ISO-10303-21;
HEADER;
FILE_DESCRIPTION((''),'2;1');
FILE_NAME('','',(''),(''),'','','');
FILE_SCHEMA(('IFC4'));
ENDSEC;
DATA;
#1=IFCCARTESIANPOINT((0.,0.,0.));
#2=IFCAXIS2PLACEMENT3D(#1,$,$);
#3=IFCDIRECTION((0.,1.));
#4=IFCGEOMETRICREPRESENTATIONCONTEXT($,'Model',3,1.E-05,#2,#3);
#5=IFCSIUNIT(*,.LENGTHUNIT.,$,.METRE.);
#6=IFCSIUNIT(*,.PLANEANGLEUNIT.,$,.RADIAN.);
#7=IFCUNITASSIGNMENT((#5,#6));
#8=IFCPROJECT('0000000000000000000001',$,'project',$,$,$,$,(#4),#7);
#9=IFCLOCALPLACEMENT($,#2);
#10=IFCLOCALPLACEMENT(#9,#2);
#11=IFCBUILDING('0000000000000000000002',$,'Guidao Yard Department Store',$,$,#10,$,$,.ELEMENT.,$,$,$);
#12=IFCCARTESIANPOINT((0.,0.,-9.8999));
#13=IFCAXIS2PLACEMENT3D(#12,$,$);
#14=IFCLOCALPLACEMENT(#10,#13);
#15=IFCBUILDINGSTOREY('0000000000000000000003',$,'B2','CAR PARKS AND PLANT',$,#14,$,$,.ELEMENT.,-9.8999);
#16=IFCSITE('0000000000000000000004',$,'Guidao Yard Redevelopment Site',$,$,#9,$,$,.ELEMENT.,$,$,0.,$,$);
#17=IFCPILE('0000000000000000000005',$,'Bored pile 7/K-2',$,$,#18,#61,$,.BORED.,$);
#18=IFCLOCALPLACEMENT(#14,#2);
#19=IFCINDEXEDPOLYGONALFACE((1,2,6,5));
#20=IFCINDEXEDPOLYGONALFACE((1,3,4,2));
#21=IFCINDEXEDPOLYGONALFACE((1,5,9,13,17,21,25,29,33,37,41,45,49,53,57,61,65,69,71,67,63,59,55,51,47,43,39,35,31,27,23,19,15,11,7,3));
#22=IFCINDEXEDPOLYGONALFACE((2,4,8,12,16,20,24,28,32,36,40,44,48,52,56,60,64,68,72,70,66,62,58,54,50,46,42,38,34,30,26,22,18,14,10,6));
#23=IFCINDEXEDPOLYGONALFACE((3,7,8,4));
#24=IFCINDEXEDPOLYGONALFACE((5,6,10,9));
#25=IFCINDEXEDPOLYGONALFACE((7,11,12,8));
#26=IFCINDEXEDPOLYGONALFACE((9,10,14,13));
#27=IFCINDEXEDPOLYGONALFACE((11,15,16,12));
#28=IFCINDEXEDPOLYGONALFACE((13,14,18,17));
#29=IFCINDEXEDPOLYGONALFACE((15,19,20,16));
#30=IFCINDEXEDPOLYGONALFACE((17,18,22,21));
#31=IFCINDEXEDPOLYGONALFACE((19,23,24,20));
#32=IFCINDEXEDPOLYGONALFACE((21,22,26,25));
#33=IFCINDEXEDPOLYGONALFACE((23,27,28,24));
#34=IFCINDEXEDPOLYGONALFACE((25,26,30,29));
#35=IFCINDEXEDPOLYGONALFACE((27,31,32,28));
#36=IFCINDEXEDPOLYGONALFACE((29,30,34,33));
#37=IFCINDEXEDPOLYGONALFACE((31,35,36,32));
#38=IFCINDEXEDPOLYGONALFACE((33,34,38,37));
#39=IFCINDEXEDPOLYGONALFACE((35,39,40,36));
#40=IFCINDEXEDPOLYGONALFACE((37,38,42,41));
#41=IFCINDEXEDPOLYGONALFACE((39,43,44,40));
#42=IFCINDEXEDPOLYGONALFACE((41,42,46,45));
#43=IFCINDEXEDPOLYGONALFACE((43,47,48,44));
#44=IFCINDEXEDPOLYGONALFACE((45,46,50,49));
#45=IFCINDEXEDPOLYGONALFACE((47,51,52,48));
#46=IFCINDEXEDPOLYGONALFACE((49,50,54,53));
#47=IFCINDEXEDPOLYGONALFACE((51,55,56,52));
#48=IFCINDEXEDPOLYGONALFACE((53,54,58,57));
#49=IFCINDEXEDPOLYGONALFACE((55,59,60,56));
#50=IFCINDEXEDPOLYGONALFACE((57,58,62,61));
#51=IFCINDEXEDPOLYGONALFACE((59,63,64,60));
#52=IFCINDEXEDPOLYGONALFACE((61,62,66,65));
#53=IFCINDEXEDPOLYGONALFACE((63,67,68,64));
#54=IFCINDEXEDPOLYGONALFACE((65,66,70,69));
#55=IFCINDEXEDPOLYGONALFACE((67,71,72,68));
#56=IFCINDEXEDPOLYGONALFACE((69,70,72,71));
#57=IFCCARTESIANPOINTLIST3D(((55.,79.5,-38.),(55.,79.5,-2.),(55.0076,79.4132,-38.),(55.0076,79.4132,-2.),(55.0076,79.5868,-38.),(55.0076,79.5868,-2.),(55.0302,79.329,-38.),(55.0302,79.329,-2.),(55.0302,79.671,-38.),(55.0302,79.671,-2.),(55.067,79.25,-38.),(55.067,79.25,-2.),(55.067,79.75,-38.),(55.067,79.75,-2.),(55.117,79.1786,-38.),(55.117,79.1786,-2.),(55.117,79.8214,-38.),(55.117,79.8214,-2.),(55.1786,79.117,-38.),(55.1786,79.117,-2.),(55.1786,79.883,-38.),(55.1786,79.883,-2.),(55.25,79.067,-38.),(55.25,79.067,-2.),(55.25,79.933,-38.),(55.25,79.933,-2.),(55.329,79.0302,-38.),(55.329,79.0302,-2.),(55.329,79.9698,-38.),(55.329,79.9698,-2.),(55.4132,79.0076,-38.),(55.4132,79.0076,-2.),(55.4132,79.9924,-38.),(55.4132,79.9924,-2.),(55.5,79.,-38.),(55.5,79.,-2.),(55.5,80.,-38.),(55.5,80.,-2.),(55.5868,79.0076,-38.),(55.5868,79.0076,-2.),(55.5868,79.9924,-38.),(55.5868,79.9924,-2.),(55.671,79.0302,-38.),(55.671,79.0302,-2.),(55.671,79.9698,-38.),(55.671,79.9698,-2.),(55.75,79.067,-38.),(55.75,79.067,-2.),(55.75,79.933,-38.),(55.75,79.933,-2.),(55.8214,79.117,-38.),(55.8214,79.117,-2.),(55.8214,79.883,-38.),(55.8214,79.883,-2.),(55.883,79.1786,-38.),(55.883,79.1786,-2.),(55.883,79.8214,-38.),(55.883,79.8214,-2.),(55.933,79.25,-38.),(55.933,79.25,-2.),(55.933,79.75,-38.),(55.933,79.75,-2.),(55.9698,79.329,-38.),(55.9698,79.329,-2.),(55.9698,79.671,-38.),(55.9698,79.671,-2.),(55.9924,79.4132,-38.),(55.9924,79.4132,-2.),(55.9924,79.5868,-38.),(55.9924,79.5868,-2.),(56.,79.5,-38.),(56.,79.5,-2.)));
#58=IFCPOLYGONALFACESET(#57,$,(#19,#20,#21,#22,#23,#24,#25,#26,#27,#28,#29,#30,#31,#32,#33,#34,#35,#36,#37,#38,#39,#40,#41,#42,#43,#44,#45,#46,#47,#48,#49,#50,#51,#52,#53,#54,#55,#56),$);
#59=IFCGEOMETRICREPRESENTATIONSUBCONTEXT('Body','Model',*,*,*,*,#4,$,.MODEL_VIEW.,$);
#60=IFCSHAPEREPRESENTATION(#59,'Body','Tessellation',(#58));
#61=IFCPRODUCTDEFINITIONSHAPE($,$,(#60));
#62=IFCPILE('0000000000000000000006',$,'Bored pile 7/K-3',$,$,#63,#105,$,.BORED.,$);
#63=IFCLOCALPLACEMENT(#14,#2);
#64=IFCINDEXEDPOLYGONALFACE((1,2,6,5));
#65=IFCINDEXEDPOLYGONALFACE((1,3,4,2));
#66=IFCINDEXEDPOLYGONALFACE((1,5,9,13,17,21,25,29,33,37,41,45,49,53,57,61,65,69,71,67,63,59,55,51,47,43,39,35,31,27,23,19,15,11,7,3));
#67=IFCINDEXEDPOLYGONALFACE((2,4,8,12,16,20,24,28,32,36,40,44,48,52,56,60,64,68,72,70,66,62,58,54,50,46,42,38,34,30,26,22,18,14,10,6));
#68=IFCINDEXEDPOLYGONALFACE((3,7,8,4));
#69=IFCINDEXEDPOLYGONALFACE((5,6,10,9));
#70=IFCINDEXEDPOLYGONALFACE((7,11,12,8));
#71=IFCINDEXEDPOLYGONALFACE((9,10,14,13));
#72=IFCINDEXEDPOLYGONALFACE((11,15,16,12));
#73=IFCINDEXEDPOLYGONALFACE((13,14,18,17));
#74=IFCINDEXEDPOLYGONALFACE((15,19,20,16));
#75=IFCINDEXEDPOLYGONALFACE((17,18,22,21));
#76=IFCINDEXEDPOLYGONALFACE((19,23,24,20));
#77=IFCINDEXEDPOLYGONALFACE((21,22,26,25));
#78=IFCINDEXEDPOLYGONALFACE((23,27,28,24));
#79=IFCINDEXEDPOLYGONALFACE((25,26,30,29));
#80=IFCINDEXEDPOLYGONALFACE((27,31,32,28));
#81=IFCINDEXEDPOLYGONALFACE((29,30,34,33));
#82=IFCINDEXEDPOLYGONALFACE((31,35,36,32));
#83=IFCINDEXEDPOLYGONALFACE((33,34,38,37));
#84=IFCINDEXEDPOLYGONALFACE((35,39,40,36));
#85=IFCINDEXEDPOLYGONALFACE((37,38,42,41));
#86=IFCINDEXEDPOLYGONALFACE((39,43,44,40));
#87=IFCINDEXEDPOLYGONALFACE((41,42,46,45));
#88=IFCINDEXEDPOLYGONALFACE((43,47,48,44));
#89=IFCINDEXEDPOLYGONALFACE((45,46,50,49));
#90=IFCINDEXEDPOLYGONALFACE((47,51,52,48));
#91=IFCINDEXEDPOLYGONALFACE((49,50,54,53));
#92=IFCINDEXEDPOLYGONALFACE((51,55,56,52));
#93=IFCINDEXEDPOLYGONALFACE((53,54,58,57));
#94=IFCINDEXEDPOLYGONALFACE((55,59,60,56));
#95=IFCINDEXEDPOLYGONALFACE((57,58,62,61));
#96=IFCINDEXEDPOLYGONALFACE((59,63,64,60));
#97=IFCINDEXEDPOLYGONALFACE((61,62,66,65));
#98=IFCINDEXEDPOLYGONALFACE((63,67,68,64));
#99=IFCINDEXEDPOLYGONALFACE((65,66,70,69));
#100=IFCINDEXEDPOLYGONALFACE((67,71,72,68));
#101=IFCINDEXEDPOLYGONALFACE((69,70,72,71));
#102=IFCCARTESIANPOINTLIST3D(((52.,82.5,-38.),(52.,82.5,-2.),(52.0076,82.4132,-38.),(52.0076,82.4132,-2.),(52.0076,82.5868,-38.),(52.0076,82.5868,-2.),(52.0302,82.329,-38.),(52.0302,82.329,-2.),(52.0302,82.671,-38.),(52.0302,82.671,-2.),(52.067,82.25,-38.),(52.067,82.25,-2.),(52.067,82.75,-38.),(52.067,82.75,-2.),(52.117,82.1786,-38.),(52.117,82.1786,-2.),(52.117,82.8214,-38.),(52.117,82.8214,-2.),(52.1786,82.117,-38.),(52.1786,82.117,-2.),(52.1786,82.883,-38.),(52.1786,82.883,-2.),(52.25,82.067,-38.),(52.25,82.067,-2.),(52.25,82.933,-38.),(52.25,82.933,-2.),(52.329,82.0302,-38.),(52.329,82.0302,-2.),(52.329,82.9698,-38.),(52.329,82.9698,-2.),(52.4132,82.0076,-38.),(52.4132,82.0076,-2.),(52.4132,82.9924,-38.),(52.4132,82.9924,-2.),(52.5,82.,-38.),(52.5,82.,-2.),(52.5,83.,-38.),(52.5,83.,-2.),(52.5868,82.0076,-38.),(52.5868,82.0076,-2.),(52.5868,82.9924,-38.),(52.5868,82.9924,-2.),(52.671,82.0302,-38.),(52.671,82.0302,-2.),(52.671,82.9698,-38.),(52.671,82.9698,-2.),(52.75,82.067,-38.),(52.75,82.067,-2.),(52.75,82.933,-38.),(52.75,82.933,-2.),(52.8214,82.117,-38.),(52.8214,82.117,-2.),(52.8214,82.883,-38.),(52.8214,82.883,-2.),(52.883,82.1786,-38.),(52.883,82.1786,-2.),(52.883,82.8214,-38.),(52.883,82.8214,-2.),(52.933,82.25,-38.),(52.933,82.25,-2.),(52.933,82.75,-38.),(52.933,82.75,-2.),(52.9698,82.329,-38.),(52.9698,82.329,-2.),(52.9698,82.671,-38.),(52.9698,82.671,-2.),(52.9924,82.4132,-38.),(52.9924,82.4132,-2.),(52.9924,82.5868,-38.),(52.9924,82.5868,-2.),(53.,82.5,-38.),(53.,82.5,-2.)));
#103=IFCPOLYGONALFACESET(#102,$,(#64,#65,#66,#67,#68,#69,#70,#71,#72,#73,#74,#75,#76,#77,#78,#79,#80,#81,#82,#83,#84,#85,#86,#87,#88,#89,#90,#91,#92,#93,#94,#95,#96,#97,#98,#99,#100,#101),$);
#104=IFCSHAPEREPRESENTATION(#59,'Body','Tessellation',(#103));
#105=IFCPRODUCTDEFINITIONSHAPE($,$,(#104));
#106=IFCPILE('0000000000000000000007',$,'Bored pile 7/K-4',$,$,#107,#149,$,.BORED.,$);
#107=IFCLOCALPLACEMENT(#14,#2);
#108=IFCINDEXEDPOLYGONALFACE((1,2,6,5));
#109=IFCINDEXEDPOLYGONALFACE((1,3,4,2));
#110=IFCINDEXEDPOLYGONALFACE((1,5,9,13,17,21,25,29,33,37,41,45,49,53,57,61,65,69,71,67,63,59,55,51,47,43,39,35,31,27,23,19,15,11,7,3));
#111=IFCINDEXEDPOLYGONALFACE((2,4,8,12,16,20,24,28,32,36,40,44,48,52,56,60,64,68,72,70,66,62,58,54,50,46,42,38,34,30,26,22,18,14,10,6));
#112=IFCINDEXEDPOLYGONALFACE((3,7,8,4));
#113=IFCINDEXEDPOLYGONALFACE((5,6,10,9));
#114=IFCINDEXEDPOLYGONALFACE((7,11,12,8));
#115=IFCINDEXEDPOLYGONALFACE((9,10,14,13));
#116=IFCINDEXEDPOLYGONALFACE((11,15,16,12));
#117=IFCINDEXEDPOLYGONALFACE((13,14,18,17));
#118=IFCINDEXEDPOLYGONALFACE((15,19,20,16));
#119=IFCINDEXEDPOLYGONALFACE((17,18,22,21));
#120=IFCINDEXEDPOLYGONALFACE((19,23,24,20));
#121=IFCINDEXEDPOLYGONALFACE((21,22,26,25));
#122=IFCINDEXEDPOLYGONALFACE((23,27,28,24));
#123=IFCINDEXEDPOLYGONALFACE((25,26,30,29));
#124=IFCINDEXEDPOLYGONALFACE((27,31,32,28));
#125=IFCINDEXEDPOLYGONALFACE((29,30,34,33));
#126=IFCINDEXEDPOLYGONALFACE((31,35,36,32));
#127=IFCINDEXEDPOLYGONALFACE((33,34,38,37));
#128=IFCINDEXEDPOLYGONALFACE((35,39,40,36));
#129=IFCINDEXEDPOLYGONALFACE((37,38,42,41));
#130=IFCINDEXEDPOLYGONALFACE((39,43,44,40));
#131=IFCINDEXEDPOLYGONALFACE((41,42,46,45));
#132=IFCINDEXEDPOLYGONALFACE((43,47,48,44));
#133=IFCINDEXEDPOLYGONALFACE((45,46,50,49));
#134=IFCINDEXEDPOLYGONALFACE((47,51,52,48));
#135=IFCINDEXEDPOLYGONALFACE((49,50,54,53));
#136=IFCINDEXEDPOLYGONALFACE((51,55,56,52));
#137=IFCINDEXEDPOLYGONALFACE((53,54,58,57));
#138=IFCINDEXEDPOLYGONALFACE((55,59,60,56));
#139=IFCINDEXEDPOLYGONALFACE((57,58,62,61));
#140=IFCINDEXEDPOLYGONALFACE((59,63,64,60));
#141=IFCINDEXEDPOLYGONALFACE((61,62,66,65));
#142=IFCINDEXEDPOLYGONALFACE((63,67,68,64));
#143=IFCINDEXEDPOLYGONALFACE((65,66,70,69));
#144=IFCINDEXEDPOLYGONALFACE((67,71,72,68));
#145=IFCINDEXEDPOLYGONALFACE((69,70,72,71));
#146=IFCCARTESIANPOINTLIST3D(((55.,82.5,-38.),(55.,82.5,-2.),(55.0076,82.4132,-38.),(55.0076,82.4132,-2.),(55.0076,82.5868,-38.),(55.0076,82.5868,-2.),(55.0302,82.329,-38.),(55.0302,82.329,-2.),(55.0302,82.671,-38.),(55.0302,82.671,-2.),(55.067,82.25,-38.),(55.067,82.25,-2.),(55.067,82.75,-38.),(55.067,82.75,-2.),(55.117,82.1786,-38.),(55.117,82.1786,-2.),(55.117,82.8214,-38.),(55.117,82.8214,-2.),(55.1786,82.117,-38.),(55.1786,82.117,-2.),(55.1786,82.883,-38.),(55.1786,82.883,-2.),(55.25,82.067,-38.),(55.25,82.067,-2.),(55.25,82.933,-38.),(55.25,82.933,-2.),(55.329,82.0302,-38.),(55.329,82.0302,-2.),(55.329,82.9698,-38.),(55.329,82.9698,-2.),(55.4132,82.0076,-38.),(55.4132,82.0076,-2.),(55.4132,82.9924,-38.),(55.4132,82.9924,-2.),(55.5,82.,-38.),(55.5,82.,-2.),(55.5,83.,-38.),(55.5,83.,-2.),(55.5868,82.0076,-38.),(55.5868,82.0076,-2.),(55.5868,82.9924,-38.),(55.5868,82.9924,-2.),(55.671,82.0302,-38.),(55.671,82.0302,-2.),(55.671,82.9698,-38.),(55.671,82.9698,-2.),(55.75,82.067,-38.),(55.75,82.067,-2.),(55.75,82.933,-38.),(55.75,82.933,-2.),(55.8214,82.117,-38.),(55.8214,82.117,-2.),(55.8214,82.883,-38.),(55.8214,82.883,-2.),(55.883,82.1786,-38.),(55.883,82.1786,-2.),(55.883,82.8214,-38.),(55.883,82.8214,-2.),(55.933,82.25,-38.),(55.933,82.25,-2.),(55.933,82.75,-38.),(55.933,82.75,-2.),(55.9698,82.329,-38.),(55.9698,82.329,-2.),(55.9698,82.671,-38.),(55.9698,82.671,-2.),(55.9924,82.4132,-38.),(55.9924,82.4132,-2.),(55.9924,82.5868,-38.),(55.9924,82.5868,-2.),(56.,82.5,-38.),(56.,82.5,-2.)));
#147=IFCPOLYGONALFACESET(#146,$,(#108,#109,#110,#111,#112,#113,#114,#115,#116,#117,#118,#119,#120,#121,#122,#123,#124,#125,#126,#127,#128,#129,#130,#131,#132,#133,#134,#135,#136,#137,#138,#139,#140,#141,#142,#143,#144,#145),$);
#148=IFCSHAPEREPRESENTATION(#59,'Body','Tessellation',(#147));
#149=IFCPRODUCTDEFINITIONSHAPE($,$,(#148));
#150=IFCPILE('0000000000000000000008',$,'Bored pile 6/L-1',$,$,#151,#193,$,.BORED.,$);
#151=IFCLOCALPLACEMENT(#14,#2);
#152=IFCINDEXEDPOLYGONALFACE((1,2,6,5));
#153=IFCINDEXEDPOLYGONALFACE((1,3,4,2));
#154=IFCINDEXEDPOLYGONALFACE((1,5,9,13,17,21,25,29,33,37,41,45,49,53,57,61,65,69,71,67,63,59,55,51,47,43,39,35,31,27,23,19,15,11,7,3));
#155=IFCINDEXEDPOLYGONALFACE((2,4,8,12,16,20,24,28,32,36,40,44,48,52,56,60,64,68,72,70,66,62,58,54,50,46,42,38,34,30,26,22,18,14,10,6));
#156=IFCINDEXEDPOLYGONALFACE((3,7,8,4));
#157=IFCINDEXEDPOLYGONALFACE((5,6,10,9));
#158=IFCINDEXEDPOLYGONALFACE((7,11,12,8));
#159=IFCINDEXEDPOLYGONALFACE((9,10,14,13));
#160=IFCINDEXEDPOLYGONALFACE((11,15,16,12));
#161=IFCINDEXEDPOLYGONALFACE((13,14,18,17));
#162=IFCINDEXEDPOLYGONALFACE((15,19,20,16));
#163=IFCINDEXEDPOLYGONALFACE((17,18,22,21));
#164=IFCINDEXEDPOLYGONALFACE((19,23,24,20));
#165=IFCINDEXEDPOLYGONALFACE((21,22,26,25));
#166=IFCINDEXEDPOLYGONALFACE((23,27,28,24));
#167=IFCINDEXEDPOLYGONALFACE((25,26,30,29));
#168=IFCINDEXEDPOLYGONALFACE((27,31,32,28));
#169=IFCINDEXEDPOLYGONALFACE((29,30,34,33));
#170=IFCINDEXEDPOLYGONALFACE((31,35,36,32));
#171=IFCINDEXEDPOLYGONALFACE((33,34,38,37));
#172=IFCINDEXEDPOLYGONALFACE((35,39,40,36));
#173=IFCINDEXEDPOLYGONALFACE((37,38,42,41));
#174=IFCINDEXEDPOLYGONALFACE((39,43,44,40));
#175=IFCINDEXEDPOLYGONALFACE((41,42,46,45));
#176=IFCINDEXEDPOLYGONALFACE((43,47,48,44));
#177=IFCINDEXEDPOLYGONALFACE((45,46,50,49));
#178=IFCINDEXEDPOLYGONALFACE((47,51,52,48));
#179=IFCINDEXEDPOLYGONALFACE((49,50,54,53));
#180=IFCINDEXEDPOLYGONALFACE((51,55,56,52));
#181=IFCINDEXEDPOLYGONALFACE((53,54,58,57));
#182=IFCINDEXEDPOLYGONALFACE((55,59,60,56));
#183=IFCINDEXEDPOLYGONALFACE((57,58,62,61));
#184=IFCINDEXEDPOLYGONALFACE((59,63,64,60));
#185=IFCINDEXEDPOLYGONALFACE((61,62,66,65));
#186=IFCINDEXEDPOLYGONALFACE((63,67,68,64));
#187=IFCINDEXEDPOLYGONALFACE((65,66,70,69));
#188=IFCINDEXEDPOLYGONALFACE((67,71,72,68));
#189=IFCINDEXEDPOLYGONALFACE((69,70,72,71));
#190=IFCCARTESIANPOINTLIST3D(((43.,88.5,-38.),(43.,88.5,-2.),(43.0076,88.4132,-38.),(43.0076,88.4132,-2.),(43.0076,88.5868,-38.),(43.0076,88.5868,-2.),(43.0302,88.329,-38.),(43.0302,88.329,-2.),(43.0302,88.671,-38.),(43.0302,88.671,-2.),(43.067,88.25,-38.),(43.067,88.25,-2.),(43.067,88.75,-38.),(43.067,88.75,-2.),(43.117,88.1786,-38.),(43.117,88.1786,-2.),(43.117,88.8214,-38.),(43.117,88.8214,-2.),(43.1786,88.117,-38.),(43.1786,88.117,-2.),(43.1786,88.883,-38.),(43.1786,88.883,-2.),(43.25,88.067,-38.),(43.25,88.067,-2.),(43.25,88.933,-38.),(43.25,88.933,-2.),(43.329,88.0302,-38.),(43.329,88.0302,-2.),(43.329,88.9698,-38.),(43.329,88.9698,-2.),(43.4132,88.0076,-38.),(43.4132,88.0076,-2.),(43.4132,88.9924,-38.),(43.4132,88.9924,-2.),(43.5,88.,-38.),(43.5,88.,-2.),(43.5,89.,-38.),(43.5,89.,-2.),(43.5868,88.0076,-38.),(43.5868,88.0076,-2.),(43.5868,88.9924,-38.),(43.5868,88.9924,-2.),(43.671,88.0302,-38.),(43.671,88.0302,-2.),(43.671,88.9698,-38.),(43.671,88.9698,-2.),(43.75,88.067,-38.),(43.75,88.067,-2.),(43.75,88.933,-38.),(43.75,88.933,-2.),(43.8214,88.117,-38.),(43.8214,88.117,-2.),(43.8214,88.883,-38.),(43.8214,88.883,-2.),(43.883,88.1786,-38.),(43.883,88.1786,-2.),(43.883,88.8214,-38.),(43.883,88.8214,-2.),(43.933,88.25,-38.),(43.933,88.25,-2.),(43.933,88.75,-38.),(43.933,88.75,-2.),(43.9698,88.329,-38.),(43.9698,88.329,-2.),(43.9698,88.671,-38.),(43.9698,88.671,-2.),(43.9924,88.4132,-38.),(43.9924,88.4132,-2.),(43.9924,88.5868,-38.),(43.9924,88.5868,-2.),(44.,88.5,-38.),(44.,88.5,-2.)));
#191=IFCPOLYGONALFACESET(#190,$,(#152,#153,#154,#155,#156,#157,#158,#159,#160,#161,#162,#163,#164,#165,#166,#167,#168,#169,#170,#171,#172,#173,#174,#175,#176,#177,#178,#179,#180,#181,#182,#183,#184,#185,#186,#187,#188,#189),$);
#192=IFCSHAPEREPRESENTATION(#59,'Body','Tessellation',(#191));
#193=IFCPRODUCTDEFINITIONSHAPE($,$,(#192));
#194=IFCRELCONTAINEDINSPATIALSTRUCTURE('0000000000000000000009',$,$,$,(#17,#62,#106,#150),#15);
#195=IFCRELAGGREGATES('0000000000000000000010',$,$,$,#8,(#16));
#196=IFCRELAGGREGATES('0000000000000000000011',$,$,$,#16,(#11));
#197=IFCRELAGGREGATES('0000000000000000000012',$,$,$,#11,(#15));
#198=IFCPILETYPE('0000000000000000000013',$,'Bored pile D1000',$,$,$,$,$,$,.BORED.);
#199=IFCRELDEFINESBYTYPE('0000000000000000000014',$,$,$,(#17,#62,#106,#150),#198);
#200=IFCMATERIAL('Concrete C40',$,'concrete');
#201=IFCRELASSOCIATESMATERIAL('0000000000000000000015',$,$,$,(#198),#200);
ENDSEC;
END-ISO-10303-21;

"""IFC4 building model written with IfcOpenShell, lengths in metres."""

from ifc_helpers import new_model, si_unit, direction, frame, origin, origin_2d, place, context, subcontext, project, spatial, circle, extrude, material, material_profile, profile_set, type_object, element, save


model = new_model("IFC4")

# Units and contexts
model_context = context("Model", 3, precision=1e-05, world=origin(), true_north=direction((0.0, 1.0)))
body_context = subcontext(model_context, "Body", "Model", "MODEL_VIEW")
ifc_project = project(units=[si_unit("LENGTHUNIT", "METRE"), si_unit("PLANEANGLEUNIT", "RADIAN")], contexts=[model_context])

# Site, building, storey
site_placement = place(None, origin())
site = spatial("IfcSite", under=ifc_project, at=site_placement, Name="Guidao Yard Redevelopment Site", CompositionType="ELEMENT", RefElevation=0.0)
building_placement = place(site_placement, origin())
building = spatial("IfcBuilding", under=site, at=building_placement, Name="Guidao Yard Department Store", CompositionType="ELEMENT")
storey_placement = place(building_placement, frame((0.0, 0.0, -9.8999)))
storey = spatial("IfcBuildingStorey", under=building, at=storey_placement, Name="B2", Description="CAR PARKS AND PLANT", CompositionType="ELEMENT", Elevation=-9.8999)

# Piles
ifc_material_1 = material(Name="Concrete C40", Category="concrete")
ifc_material_profile_1 = material_profile(ifc_material_1, circle(Radius=0.5, at=origin_2d()), Name="Bored pile D1000")
ifc_profile_set_1 = profile_set([ifc_material_profile_1], Name="Concrete C40")
pile_type = type_object("IfcPileType", Name="Bored pile D1000", PredefinedType="BORED", material=ifc_profile_set_1)
for number, where, z_axis, x_axis, name in (
    (1, (55.5, 79.5, -2.0), (0.0, 0.0, -1.0), (1.0, 0.0, 0.0), "Bored pile 7/K-2"),
    (2, (52.5, 82.5, -2.0), (0.0, 0.0, -1.0), (1.0, 0.0, 0.0), "Bored pile 7/K-3"),
    (3, (55.5, 82.5, -2.0), (0.0, 0.0, -1.0), (1.0, 0.0, 0.0), "Bored pile 7/K-4"),
    (4, (43.5, 88.5, -2.0), (0.0, 0.0, -1.0), (1.0, 0.0, 0.0), "Bored pile 6/L-1"),
):
    element("IfcPile", number, at=place(storey_placement, frame(where, z_axis=z_axis, x_axis=x_axis)), inside=storey, type_object=pile_type, Name=name, PredefinedType="BORED", context=body_context, shape_type="SweptSolid", body=[
        extrude(circle(Radius=0.5, at=origin_2d()), origin(), (0.0, 0.0, 1.0), 36.0),
    ])

save(model, "model.ifc")
